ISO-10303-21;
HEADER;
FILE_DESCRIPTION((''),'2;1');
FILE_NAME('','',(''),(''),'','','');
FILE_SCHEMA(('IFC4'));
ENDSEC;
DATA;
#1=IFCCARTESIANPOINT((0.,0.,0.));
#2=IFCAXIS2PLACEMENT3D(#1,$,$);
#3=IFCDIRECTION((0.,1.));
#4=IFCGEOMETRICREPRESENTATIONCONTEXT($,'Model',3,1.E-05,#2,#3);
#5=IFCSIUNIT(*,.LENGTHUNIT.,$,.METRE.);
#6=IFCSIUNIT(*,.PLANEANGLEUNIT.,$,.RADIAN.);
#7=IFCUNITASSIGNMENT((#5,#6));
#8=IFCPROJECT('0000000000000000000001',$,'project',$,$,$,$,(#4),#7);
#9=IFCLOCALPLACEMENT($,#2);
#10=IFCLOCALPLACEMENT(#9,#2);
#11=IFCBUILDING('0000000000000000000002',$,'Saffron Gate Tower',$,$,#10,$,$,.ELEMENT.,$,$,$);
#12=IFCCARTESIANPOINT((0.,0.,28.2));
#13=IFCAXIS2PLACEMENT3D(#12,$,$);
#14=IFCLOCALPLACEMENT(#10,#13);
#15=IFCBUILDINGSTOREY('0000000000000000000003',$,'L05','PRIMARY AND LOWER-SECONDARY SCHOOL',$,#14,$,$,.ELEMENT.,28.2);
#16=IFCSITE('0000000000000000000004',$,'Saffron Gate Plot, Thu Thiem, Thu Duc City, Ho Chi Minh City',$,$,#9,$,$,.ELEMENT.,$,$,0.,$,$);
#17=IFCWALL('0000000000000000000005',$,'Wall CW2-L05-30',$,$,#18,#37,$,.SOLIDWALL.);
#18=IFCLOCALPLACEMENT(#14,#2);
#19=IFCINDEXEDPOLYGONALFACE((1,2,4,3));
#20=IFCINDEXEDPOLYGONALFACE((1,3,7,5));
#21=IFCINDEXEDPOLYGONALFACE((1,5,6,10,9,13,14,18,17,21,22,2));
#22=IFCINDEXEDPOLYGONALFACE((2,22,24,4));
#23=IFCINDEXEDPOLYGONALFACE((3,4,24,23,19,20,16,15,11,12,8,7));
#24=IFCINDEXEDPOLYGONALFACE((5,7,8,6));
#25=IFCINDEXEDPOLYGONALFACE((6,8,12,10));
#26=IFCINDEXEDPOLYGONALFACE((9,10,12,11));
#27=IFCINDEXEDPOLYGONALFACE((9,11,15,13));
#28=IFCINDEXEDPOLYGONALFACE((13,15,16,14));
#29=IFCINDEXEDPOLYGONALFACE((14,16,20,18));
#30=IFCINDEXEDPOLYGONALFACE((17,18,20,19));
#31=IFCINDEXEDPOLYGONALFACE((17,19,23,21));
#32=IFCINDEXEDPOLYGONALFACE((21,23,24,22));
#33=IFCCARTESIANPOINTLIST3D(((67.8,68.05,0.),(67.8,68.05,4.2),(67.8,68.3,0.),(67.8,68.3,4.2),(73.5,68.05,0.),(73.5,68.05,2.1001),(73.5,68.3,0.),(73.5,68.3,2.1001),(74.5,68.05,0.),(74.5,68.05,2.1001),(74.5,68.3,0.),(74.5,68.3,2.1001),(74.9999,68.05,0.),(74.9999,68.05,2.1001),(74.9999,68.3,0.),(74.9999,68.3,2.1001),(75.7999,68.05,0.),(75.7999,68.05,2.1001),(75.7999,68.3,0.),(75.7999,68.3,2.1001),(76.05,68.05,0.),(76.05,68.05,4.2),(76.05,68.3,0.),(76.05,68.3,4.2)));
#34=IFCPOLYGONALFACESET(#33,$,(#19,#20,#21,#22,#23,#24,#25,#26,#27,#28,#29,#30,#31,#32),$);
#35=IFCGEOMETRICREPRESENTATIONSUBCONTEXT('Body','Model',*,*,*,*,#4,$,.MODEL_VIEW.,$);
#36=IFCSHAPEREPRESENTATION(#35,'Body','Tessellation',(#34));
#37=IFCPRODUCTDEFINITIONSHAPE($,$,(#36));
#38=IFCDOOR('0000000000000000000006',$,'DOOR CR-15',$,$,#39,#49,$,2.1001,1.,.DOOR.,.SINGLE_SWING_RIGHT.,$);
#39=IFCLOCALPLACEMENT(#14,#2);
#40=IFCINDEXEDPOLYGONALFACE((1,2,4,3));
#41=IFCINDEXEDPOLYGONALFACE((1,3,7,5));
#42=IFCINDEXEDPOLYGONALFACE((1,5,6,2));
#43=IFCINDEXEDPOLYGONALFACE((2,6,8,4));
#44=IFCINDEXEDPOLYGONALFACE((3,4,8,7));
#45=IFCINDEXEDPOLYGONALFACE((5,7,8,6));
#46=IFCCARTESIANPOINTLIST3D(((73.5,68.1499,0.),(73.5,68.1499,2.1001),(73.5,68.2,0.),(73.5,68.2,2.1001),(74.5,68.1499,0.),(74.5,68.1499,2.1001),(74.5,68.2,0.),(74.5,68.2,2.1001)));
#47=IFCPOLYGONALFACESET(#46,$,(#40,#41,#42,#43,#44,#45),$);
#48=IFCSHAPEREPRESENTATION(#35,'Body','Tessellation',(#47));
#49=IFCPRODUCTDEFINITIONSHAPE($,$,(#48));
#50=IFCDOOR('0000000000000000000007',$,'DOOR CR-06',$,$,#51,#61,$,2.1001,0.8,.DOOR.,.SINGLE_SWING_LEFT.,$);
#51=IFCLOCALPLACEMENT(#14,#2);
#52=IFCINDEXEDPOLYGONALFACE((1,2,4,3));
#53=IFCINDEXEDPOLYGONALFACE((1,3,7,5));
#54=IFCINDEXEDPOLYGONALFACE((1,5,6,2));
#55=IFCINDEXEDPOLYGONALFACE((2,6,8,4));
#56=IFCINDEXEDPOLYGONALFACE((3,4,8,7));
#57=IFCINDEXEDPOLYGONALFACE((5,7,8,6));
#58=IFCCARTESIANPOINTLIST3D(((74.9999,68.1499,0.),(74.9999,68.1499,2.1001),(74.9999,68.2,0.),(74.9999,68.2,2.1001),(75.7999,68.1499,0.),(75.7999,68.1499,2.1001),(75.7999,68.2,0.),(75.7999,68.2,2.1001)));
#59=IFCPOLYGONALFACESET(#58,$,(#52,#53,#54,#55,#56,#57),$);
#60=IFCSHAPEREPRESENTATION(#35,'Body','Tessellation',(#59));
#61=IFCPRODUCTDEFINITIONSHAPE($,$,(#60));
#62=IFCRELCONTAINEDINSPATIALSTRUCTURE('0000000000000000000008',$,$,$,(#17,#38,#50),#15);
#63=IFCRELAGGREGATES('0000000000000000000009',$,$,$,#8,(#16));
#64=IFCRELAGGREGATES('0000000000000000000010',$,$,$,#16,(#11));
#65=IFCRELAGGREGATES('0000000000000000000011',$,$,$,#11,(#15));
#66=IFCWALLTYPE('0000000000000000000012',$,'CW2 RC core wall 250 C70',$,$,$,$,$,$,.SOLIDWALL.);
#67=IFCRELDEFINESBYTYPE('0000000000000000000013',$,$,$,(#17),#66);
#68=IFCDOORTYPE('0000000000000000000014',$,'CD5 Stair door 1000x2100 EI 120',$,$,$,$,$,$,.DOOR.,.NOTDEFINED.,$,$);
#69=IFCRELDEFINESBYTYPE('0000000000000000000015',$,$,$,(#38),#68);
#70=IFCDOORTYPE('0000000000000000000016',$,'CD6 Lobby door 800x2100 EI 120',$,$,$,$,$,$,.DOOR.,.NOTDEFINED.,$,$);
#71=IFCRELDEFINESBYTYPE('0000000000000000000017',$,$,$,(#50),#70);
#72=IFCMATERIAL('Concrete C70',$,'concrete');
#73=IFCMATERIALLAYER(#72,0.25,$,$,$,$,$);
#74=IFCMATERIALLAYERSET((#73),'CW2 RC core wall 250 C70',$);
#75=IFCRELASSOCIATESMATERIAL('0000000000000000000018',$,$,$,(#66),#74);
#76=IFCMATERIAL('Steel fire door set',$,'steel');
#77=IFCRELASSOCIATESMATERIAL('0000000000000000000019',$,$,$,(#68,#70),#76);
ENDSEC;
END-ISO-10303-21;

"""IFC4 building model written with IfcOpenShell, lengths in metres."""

from ifc_helpers import new_model, si_unit, direction, frame, frame_2d, origin, place, context, subcontext, project, spatial, rectangle, extrude, material, layer, layer_set, type_object, element, fill, save


model = new_model("IFC4")

# Units and contexts
model_context = context("Model", 3, precision=1e-05, world=origin(), true_north=direction((0.0, 1.0)))
body_context = subcontext(model_context, "Body", "Model", "MODEL_VIEW")
ifc_project = project(units=[si_unit("LENGTHUNIT", "METRE"), si_unit("PLANEANGLEUNIT", "RADIAN")], contexts=[model_context])

# Site, building, storey
site_placement = place(None, origin())
site = spatial("IfcSite", under=ifc_project, at=site_placement, Name="Saffron Gate Plot, Thu Thiem, Thu Duc City, Ho Chi Minh City", CompositionType="ELEMENT", RefElevation=0.0)
building_placement = place(site_placement, origin())
building = spatial("IfcBuilding", under=site, at=building_placement, Name="Saffron Gate Tower", CompositionType="ELEMENT")
storey_placement = place(building_placement, frame((0.0, 0.0, 28.2)))
storey = spatial("IfcBuildingStorey", under=building, at=storey_placement, Name="L05", Description="PRIMARY AND LOWER-SECONDARY SCHOOL", CompositionType="ELEMENT", Elevation=28.2)

# Wall, openings, doors
ifc_material_1 = material(Name="Concrete C70", Category="concrete")
ifc_layer_1 = layer(ifc_material_1, 0.25)
ifc_layer_set_1 = layer_set([ifc_layer_1], Name="CW2 RC core wall 250 C70")
wall_type_1 = type_object("IfcWallType", Name="CW2 RC core wall 250 C70", PredefinedType="SOLIDWALL", material=ifc_layer_set_1)
wall_1_placement = place(storey_placement, frame((67.8, 68.175, 0.0), z_axis=(0.0, 0.0, 1.0), x_axis=(1.0, 0.0, 0.0)))
wall_1 = element("IfcWall", 1, at=wall_1_placement, inside=storey, type_object=wall_type_1, Name="Wall CW2-L05-30", PredefinedType="SOLIDWALL", context=body_context, shape_type="SweptSolid", body=[
    extrude(rectangle(XDim=8.25, YDim=0.25, at=frame_2d((4.125, 0.0))), origin(), (0.0, 0.0, 1.0), 4.2),
])
opening_1_placement = place(wall_1_placement, frame((5.7, 0.0, 0.0)))
opening_1 = element("IfcOpeningElement", 2, at=opening_1_placement, cuts=wall_1, PredefinedType="OPENING", context=body_context, shape_type="SweptSolid", body=[
    extrude(rectangle(XDim=1.0, YDim=2.1001, at=frame_2d((0.5, 1.05))), frame((0.0, 0.135, 0.0), z_axis=(0.0, -1.0, 0.0), x_axis=(1.0, 0.0, 0.0)), (0.0, 0.0, 1.0), 0.27),
])
opening_2_placement = place(wall_1_placement, frame((7.2, 0.0, 0.0)))
opening_2 = element("IfcOpeningElement", 3, at=opening_2_placement, cuts=wall_1, PredefinedType="OPENING", context=body_context, shape_type="SweptSolid", body=[
    extrude(rectangle(XDim=0.8, YDim=2.1001, at=frame_2d((0.3999, 1.05))), frame((0.0, 0.135, 0.0), z_axis=(0.0, -1.0, 0.0), x_axis=(1.0, 0.0, 0.0)), (0.0, 0.0, 1.0), 0.27),
])
ifc_material_2 = material(Name="Steel fire door set", Category="steel")
door_type_1 = type_object("IfcDoorType", Name="CD5 Stair door 1000x2100 EI 120", OperationType="NOTDEFINED", PredefinedType="DOOR", material=ifc_material_2)
door_1_placement = place(opening_1_placement, origin())
door_1 = element("IfcDoor", 4, at=door_1_placement, inside=storey, type_object=door_type_1, Name="DOOR CR-15", OperationType="SINGLE_SWING_RIGHT", OverallHeight=2.1001, OverallWidth=1.0, PredefinedType="DOOR", context=body_context, shape_type="SweptSolid", body=[
    extrude(rectangle(XDim=1.0, YDim=2.1001, at=frame_2d((0.5, 1.05))), frame((0.0, 0.0249, 0.0), z_axis=(0.0, -1.0, 0.0), x_axis=(1.0, 0.0, 0.0)), (0.0, 0.0, 1.0), 0.05),
])
fill(opening_1, door_1)
door_type_2 = type_object("IfcDoorType", Name="CD6 Lobby door 800x2100 EI 120", OperationType="NOTDEFINED", PredefinedType="DOOR", material=ifc_material_2)
door_2_placement = place(opening_2_placement, origin())
door_2 = element("IfcDoor", 5, at=door_2_placement, inside=storey, type_object=door_type_2, Name="DOOR CR-06", OperationType="SINGLE_SWING_LEFT", OverallHeight=2.1001, OverallWidth=0.8, PredefinedType="DOOR", context=body_context, shape_type="SweptSolid", body=[
    extrude(rectangle(XDim=0.8, YDim=2.1001, at=frame_2d((0.3999, 1.05))), frame((0.0, 0.0249, 0.0), z_axis=(0.0, -1.0, 0.0), x_axis=(1.0, 0.0, 0.0)), (0.0, 0.0, 1.0), 0.05),
])
fill(opening_2, door_2)

save(model, "model.ifc")
